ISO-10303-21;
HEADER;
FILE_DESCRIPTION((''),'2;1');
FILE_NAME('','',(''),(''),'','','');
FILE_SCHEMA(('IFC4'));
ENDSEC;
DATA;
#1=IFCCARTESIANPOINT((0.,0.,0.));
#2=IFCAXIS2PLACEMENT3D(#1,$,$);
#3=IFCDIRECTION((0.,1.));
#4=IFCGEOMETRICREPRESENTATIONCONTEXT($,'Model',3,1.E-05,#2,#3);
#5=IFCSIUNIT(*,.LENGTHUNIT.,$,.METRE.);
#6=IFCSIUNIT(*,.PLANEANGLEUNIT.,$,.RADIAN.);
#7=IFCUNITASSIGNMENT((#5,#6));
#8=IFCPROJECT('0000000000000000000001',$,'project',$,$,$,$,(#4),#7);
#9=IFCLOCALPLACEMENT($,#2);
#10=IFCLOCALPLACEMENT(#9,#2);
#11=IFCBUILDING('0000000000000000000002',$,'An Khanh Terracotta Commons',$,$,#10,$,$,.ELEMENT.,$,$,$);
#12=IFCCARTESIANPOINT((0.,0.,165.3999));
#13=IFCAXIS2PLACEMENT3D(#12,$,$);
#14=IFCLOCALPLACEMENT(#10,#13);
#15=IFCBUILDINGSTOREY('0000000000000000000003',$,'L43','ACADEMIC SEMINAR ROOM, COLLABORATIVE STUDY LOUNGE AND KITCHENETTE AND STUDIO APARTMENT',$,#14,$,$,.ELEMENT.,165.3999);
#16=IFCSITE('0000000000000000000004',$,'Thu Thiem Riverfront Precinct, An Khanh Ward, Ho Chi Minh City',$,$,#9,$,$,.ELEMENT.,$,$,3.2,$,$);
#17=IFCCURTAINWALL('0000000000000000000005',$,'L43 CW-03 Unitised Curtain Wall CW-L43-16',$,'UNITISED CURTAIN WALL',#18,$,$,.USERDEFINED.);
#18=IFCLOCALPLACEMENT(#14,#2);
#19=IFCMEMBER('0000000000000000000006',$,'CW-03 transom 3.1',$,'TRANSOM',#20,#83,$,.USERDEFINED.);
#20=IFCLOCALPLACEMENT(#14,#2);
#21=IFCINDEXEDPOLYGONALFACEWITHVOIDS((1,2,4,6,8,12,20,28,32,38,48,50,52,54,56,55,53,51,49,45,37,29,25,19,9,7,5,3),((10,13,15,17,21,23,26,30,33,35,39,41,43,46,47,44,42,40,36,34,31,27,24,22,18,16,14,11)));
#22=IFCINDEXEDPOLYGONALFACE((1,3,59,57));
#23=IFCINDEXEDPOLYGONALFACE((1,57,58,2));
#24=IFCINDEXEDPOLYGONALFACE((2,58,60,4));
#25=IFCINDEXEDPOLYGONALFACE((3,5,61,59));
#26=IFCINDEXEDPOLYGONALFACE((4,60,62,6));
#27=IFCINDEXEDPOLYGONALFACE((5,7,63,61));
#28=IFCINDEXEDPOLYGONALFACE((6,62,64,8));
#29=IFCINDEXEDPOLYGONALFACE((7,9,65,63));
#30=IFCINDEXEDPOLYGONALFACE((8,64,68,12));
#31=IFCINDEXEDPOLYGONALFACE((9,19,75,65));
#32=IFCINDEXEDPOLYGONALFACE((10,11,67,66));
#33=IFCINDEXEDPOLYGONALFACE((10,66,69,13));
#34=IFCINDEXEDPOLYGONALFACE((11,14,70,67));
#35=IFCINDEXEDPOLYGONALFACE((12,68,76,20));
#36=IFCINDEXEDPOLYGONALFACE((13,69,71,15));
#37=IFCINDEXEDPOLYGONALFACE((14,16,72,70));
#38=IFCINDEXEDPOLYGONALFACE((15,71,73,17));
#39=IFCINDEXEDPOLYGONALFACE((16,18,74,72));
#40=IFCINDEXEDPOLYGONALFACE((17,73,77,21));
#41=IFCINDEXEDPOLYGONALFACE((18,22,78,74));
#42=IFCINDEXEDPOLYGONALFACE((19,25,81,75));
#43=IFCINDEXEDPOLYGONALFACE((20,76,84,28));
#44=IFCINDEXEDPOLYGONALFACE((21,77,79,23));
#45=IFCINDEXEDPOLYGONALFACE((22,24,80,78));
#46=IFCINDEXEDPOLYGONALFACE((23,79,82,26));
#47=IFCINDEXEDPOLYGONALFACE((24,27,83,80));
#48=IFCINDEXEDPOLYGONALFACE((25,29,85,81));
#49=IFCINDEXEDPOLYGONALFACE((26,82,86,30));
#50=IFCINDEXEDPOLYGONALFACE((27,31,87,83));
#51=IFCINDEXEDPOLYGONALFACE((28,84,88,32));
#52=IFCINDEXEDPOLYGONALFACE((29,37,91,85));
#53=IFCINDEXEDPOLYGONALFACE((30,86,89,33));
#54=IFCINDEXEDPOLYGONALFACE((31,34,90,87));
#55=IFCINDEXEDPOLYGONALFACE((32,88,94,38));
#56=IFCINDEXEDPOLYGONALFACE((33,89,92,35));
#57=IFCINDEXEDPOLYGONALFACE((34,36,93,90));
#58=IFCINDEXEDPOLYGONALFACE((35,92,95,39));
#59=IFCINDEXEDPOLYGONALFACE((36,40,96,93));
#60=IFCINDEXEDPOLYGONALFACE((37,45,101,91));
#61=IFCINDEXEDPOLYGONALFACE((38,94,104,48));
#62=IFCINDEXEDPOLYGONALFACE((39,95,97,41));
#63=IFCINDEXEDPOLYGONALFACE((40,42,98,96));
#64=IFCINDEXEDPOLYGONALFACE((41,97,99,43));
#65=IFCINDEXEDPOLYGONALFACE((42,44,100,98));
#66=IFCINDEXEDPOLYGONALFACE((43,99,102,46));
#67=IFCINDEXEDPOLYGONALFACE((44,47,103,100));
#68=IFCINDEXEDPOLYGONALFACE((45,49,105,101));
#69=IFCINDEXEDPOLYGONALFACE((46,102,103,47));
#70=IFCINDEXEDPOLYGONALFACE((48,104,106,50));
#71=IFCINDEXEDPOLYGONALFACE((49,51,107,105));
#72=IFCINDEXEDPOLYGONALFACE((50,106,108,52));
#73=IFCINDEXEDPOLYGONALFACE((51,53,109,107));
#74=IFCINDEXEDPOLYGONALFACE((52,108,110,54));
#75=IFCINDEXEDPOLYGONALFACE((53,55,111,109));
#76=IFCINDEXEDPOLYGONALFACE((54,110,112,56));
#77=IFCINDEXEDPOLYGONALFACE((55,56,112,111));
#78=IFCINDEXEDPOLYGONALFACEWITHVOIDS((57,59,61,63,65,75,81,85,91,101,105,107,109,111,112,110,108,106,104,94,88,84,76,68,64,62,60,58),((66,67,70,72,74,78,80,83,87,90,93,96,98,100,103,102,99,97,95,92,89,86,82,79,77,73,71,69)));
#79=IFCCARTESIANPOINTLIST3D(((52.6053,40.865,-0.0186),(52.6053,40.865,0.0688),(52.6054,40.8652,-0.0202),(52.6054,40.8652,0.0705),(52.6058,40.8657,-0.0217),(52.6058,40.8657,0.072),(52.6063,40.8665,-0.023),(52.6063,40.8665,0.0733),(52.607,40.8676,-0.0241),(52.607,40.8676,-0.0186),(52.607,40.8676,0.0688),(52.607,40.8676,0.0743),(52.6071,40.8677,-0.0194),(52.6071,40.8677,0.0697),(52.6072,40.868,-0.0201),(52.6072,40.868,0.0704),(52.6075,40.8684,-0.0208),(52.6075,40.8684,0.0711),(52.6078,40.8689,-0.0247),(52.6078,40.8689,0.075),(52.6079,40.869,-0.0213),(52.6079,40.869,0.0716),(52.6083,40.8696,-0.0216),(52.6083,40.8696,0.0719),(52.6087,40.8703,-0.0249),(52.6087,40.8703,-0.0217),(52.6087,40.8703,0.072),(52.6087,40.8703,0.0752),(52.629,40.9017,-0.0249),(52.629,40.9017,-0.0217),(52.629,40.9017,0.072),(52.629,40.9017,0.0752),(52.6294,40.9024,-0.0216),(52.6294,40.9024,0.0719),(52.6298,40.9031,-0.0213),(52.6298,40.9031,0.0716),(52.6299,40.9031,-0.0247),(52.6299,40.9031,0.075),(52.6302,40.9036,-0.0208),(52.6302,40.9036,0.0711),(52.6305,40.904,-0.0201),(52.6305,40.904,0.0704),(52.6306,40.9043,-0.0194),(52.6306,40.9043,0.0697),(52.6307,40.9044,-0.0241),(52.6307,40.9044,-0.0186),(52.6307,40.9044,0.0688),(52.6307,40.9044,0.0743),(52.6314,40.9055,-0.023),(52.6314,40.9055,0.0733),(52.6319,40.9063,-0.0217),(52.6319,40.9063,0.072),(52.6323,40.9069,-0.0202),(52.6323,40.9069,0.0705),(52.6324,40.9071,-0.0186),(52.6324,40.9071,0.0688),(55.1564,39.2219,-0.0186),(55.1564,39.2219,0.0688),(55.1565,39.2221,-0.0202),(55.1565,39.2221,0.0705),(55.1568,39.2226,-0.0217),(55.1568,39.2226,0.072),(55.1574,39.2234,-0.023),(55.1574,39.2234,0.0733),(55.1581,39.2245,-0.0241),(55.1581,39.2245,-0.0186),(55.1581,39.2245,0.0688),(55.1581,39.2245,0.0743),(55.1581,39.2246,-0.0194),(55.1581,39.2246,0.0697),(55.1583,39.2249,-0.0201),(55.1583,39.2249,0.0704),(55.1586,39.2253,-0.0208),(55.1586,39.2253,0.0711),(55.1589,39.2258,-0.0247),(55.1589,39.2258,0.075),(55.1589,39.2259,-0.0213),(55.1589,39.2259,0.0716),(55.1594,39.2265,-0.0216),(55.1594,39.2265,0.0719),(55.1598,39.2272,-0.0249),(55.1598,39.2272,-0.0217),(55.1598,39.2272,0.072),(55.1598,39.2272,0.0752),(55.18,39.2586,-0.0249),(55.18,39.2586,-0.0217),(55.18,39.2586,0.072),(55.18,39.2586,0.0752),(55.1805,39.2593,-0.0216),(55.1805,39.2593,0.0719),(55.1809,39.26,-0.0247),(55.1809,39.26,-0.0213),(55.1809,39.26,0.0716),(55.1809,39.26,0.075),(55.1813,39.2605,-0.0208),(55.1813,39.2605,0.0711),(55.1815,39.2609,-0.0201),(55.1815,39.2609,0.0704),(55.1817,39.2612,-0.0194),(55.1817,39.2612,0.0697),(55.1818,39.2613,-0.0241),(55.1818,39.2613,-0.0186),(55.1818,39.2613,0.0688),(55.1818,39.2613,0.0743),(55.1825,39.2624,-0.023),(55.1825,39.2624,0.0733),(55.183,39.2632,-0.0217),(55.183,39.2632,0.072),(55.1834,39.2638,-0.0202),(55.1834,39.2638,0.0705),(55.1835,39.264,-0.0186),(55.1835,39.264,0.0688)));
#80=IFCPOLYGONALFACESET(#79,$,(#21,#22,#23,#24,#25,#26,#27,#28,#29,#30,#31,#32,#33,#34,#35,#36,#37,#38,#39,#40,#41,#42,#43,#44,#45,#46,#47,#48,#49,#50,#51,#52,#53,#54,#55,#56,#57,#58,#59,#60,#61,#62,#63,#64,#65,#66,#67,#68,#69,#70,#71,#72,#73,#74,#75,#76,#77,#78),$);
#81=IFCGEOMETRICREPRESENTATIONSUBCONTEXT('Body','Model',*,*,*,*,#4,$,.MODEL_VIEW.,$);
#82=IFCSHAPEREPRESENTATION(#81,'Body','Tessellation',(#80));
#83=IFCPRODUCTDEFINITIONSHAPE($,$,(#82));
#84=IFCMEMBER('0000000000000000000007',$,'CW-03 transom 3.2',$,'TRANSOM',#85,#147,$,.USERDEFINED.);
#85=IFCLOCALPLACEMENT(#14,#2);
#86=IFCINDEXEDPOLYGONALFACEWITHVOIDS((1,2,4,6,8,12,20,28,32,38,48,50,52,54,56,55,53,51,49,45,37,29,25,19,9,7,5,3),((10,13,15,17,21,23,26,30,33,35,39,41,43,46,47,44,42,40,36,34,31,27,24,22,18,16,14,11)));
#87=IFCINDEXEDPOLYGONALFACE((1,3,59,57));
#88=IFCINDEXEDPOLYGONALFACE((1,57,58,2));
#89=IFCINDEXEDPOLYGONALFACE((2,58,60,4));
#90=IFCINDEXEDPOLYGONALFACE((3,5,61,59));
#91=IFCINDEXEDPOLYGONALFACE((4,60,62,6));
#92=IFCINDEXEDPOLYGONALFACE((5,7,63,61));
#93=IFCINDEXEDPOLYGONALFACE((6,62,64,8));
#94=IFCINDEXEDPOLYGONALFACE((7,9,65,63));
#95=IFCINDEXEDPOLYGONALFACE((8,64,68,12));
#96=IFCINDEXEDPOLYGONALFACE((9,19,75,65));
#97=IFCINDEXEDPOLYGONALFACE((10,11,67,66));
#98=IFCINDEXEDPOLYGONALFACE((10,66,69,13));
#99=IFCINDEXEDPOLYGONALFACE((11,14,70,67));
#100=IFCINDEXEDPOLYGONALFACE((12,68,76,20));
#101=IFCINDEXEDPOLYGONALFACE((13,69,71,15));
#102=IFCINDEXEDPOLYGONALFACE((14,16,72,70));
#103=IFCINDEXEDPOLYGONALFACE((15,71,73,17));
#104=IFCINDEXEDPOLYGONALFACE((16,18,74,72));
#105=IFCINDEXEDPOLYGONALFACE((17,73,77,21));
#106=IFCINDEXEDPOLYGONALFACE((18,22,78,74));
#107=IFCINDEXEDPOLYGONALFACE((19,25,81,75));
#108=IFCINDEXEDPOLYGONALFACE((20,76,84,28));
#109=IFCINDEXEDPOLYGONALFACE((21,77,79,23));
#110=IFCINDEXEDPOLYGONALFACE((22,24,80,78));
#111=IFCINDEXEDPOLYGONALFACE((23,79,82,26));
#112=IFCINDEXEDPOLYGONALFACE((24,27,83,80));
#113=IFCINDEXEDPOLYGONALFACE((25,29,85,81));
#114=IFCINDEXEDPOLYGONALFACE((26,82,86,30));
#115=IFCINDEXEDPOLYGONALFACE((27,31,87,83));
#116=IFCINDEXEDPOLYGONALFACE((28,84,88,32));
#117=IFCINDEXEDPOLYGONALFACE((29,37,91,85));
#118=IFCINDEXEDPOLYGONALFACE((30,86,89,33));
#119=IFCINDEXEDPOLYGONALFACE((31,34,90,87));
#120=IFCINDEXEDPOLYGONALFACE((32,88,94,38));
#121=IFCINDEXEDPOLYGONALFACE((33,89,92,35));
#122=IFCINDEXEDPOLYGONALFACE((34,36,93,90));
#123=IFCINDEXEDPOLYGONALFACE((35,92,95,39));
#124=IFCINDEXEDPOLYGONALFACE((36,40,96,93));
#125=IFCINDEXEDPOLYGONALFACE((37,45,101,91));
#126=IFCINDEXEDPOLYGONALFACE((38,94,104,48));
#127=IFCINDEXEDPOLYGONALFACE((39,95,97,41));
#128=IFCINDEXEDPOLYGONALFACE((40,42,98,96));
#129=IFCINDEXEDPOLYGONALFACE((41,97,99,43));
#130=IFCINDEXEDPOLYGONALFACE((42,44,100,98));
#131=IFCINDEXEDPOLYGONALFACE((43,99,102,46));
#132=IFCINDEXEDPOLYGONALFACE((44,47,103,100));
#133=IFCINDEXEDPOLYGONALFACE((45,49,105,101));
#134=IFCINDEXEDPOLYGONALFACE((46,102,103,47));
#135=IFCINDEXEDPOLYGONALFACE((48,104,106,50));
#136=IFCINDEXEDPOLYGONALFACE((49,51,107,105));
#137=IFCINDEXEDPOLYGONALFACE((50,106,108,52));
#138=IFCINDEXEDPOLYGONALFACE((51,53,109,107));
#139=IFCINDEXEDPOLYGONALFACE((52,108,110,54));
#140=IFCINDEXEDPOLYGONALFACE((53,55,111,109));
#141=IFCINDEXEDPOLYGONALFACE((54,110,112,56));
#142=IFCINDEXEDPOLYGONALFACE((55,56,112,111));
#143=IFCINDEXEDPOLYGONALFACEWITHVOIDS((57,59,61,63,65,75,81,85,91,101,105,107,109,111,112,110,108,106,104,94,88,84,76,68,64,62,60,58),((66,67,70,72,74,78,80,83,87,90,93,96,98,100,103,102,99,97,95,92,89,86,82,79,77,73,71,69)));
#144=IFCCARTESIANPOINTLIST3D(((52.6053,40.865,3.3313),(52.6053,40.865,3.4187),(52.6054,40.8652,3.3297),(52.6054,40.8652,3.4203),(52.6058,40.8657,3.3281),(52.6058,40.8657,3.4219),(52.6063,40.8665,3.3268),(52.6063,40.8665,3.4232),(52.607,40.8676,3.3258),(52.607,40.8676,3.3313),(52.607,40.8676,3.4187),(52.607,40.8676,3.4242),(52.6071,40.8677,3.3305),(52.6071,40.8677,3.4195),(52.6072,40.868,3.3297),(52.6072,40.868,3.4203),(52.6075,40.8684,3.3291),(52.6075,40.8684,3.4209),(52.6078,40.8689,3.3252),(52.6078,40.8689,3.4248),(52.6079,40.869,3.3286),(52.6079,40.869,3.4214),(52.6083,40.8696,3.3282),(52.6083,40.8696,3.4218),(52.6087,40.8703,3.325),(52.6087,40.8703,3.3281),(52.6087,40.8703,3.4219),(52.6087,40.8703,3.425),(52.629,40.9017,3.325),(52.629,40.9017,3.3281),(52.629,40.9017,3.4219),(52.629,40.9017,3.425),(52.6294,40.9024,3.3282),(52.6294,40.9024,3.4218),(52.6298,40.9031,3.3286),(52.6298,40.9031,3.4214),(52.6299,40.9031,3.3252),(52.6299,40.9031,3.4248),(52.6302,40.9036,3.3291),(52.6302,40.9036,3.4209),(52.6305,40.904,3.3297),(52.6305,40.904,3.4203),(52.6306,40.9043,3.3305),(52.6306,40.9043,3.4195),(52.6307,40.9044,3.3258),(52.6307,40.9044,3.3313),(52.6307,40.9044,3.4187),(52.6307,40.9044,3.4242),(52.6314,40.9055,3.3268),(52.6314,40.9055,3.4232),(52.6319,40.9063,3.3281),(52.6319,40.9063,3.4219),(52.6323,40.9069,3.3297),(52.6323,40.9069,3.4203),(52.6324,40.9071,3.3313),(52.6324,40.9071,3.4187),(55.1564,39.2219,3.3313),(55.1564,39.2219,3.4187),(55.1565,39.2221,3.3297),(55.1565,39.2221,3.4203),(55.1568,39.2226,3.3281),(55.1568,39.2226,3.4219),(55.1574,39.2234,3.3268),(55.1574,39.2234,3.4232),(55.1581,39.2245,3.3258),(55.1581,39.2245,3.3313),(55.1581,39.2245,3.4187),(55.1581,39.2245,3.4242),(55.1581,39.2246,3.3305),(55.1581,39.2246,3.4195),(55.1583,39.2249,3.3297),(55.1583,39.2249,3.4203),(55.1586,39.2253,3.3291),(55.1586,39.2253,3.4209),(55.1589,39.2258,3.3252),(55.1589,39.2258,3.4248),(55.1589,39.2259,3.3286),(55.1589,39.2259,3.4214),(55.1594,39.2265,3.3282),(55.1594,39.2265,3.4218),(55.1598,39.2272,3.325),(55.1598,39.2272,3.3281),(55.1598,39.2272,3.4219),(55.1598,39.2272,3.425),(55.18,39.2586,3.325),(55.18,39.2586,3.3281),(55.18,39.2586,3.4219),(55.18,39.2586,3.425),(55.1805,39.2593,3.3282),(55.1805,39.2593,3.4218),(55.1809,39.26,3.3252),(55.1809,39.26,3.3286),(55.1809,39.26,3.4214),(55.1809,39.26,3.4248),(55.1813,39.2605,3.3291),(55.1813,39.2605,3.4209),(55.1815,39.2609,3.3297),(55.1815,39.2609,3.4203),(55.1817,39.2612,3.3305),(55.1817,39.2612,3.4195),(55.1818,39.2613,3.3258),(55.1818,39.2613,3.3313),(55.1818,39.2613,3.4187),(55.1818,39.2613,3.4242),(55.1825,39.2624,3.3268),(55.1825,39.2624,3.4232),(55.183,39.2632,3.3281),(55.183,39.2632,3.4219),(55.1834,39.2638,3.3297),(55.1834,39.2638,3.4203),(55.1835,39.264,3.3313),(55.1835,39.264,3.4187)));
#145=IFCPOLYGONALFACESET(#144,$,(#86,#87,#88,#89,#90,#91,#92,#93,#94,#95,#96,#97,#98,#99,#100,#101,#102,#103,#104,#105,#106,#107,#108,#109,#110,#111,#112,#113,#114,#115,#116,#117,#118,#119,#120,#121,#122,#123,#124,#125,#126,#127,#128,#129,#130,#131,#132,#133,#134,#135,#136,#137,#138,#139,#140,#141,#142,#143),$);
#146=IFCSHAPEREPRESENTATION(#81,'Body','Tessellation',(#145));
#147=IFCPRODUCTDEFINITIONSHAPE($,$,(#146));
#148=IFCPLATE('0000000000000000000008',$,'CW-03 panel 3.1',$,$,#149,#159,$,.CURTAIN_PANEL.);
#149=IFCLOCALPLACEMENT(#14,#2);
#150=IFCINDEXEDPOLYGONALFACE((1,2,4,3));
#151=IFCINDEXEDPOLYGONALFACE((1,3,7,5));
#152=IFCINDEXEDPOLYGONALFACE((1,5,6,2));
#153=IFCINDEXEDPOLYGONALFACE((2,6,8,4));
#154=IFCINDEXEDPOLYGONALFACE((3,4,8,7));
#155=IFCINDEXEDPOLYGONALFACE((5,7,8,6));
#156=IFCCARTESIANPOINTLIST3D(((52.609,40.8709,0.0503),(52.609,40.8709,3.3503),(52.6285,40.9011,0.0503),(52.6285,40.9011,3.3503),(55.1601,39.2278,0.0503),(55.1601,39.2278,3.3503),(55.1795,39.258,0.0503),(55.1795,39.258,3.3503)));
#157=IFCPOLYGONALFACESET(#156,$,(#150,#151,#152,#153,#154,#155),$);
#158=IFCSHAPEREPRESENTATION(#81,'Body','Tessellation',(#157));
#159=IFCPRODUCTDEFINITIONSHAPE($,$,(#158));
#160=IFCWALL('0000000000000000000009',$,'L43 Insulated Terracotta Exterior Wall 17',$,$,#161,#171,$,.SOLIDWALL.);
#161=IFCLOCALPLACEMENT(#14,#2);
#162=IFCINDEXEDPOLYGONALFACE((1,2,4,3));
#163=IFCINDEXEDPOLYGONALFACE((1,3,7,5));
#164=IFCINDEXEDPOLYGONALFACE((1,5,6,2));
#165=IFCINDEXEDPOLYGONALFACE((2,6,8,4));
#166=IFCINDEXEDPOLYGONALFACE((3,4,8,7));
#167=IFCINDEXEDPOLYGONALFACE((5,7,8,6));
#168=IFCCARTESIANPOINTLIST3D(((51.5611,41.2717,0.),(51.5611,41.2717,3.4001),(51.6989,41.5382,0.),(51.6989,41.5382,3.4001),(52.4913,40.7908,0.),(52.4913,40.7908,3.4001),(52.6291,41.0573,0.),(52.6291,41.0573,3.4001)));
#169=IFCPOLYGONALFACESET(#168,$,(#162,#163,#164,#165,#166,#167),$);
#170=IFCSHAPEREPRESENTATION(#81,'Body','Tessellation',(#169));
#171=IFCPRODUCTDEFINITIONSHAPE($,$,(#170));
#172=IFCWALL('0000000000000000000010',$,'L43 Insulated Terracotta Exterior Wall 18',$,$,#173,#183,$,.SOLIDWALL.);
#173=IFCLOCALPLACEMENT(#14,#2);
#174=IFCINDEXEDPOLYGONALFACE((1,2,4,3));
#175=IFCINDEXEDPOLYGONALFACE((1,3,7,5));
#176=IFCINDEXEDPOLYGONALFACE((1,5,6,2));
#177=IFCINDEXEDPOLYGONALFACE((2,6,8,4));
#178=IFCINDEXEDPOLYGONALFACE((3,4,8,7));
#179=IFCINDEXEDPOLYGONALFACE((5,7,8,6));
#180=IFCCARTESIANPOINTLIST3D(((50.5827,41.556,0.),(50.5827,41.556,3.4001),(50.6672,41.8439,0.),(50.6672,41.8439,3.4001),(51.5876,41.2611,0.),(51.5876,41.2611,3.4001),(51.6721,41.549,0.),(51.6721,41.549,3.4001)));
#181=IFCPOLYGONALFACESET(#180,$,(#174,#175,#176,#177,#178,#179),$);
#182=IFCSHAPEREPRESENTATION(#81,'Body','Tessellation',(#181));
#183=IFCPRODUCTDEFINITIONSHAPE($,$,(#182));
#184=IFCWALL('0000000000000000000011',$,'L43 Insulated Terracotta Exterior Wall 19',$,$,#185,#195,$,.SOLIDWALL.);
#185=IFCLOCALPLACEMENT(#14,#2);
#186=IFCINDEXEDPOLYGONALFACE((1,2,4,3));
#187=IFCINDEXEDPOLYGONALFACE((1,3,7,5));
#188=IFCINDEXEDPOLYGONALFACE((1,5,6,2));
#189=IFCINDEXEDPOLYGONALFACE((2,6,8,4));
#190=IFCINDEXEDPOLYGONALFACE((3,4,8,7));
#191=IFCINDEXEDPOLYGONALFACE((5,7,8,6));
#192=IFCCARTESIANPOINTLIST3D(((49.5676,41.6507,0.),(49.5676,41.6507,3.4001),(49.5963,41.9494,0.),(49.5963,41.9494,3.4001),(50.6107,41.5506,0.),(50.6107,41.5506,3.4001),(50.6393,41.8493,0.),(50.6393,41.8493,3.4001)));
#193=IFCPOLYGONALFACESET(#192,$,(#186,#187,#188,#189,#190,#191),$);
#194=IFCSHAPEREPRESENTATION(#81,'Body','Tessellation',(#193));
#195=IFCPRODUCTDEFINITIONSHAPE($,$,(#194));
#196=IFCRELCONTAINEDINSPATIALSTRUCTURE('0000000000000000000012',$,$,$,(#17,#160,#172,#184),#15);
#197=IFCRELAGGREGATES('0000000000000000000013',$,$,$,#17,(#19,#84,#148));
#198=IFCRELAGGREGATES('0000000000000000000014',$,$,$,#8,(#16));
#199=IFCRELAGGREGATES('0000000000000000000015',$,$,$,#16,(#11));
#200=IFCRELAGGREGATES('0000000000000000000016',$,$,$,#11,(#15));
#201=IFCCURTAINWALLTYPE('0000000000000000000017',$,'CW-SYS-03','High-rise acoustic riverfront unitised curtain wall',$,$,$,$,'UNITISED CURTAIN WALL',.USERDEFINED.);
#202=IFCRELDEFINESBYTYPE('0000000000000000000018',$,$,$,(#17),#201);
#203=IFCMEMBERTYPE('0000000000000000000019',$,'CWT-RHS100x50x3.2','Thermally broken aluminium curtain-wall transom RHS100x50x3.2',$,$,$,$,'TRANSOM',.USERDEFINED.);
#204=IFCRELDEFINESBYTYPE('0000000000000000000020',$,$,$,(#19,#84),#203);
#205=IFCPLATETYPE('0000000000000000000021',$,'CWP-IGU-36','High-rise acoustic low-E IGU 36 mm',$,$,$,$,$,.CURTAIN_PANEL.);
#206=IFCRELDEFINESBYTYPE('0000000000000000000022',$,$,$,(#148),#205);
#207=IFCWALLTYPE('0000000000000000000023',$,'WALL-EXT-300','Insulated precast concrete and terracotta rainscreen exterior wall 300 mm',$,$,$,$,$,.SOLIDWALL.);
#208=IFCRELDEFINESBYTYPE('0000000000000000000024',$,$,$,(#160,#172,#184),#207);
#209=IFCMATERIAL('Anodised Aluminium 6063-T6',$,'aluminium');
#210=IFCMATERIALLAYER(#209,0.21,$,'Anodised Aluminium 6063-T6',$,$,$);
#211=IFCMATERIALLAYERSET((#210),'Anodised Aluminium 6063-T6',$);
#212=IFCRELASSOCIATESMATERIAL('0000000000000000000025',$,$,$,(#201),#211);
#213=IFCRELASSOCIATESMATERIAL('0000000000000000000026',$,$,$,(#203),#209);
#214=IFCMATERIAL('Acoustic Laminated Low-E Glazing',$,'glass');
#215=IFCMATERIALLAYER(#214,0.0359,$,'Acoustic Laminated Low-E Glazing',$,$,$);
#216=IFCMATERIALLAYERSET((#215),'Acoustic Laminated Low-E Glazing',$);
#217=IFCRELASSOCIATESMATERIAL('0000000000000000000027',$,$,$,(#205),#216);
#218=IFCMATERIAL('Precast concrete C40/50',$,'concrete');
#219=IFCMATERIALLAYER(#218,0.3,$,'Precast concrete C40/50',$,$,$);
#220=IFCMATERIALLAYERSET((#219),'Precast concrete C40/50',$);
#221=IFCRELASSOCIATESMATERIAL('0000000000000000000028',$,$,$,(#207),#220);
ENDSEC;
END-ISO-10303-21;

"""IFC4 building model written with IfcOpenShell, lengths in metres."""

from ifc_helpers import new_model, si_unit, direction, frame, frame_2d, origin, origin_2d, place, context, subcontext, project, spatial, rectangle, hollow_rectangle, extrude, material, layer, layer_set, material_profile, profile_set, type_object, element, aggregate, save


model = new_model("IFC4")

# Units and contexts
model_context = context("Model", 3, precision=1e-05, world=origin(), true_north=direction((0.0, 1.0)))
body_context = subcontext(model_context, "Body", "Model", "MODEL_VIEW")
ifc_project = project(units=[si_unit("LENGTHUNIT", "METRE"), si_unit("PLANEANGLEUNIT", "RADIAN")], contexts=[model_context])

# Site, building, storey
site_placement = place(None, origin())
site = spatial("IfcSite", under=ifc_project, at=site_placement, Name="Thu Thiem Riverfront Precinct, An Khanh Ward, Ho Chi Minh City", CompositionType="ELEMENT", RefElevation=3.2)
building_placement = place(site_placement, origin())
building = spatial("IfcBuilding", under=site, at=building_placement, Name="An Khanh Terracotta Commons", CompositionType="ELEMENT")
storey_placement = place(building_placement, frame((0.0, 0.0, 165.3999)))
storey = spatial("IfcBuildingStorey", under=building, at=storey_placement, Name="L43", Description="ACADEMIC SEMINAR ROOM, COLLABORATIVE STUDY LOUNGE AND KITCHENETTE AND STUDIO APARTMENT", CompositionType="ELEMENT", Elevation=165.3999)

# Curtain wall, members, plate
ifc_material_1 = material(Name="Anodised Aluminium 6063-T6", Category="aluminium")
ifc_layer_1 = layer(ifc_material_1, 0.21, Name="Anodised Aluminium 6063-T6")
ifc_layer_set_1 = layer_set([ifc_layer_1], Name="Anodised Aluminium 6063-T6")
curtain_wall_type = type_object("IfcCurtainWallType", Name="CW-SYS-03", Description="High-rise acoustic riverfront unitised curtain wall", ElementType="UNITISED CURTAIN WALL", PredefinedType="USERDEFINED", material=ifc_layer_set_1)
curtain_wall_placement = place(storey_placement, origin())
curtain_wall = element("IfcCurtainWall", 1, at=curtain_wall_placement, inside=storey, type_object=curtain_wall_type, Name="L43 CW-03 Unitised Curtain Wall CW-L43-16", ObjectType="UNITISED CURTAIN WALL", PredefinedType="USERDEFINED")
ifc_material_profile_1 = material_profile(ifc_material_1, hollow_rectangle(XDim=0.05, YDim=0.1001, WallThickness=0.0032, InnerFilletRadius=0.0032, OuterFilletRadius=0.0063, at=origin_2d()), Name="RHS100x50x3.2")
ifc_profile_set_1 = profile_set([ifc_material_profile_1], Name="Anodised Aluminium 6063-T6")
member_type_1 = type_object("IfcMemberType", Name="CWT-RHS100x50x3.2", Description="Thermally broken aluminium curtain-wall transom RHS100x50x3.2", ElementType="TRANSOM", PredefinedType="USERDEFINED", material=ifc_profile_set_1)
member_1_placement = place(storey_placement, frame((55.1699, 39.2429, 0.0251), z_axis=(-0.84071, 0.541485, 0.0), x_axis=(-0.541485, -0.84071, 0.0)))
member_1 = element("IfcMember", 2, at=member_1_placement, type_object=member_type_1, Name="CW-03 transom 3.1", ObjectType="TRANSOM", PredefinedType="USERDEFINED", context=body_context, shape_type="SweptSolid", body=[
    extrude(hollow_rectangle(XDim=0.05, YDim=0.1001, WallThickness=0.0032, InnerFilletRadius=0.0032, OuterFilletRadius=0.0063, at=origin_2d()), origin(), (0.0, 0.0, 1.0), 3.0344),
])
member_2_placement = place(storey_placement, frame((55.1699, 39.2429, 3.375), z_axis=(-0.84071, 0.541485, 0.0), x_axis=(-0.541485, -0.84071, 0.0)))
member_2 = element("IfcMember", 3, at=member_2_placement, type_object=member_type_1, Name="CW-03 transom 3.2", ObjectType="TRANSOM", PredefinedType="USERDEFINED", context=body_context, shape_type="SweptSolid", body=[
    extrude(hollow_rectangle(XDim=0.05, YDim=0.1001, WallThickness=0.0032, InnerFilletRadius=0.0032, OuterFilletRadius=0.0063, at=origin_2d()), origin(), (0.0, 0.0, 1.0), 3.0344),
])
ifc_material_2 = material(Name="Acoustic Laminated Low-E Glazing", Category="glass")
ifc_layer_2 = layer(ifc_material_2, 0.0359, Name="Acoustic Laminated Low-E Glazing")
ifc_layer_set_2 = layer_set([ifc_layer_2], Name="Acoustic Laminated Low-E Glazing")
plate_type = type_object("IfcPlateType", Name="CWP-IGU-36", Description="High-rise acoustic low-E IGU 36 mm", PredefinedType="CURTAIN_PANEL", material=ifc_layer_set_2)
plate_placement = place(storey_placement, frame((53.8943, 40.0645, 0.0503), z_axis=(0.0, 0.0, 1.0), x_axis=(-0.840702, 0.541498, 0.0)))
plate = element("IfcPlate", 4, at=plate_placement, type_object=plate_type, Name="CW-03 panel 3.1", PredefinedType="CURTAIN_PANEL", context=body_context, shape_type="SweptSolid", body=[
    extrude(rectangle(XDim=3.0344, YDim=0.0359, at=origin_2d()), origin(), (0.0, 0.0, 1.0), 3.3),
])
aggregate(curtain_wall, [member_1, member_2, plate])

# Walls
ifc_material_3 = material(Name="Precast concrete C40/50", Category="concrete")
ifc_layer_3 = layer(ifc_material_3, 0.3, Name="Precast concrete C40/50")
ifc_layer_set_3 = layer_set([ifc_layer_3], Name="Precast concrete C40/50")
wall_type_1 = type_object("IfcWallType", Name="WALL-EXT-300", Description="Insulated precast concrete and terracotta rainscreen exterior wall 300 mm", PredefinedType="SOLIDWALL", material=ifc_layer_set_3)
wall_1_placement = place(storey_placement, frame((52.5601, 40.9241, 0.0), z_axis=(0.0, 0.0, 1.0), x_axis=(-0.888283, 0.459296, 0.0)))
element("IfcWall", 5, at=wall_1_placement, inside=storey, type_object=wall_type_1, Name="L43 Insulated Terracotta Exterior Wall 17", PredefinedType="SOLIDWALL", context=body_context, shape_type="SweptSolid", body=[
    extrude(rectangle(XDim=1.0471, YDim=0.3, at=frame_2d((0.5234, 0.0))), origin(), (0.0, 0.0, 1.0), 3.4001),
])
wall_2_placement = place(storey_placement, frame((51.6299, 41.405, 0.0), z_axis=(0.0, 0.0, 1.0), x_axis=(-0.959529, 0.281611, 0.0)))
element("IfcWall", 6, at=wall_2_placement, inside=storey, type_object=wall_type_1, Name="L43 Insulated Terracotta Exterior Wall 18", PredefinedType="SOLIDWALL", context=body_context, shape_type="SweptSolid", body=[
    extrude(rectangle(XDim=1.0474, YDim=0.3, at=frame_2d((0.5237, 0.0))), origin(), (0.0, 0.0, 1.0), 3.4001),
])
wall_3_placement = place(storey_placement, frame((50.625, 41.7, 0.0), z_axis=(0.0, 0.0, 1.0), x_axis=(-0.995426, 0.095535, 0.0)))
element("IfcWall", 7, at=wall_3_placement, inside=storey, type_object=wall_type_1, Name="L43 Insulated Terracotta Exterior Wall 19", PredefinedType="SOLIDWALL", context=body_context, shape_type="SweptSolid", body=[
    extrude(rectangle(XDim=1.0479, YDim=0.3, at=frame_2d((0.5239, 0.0))), origin(), (0.0, 0.0, 1.0), 3.4001),
])

save(model, "model.ifc")
